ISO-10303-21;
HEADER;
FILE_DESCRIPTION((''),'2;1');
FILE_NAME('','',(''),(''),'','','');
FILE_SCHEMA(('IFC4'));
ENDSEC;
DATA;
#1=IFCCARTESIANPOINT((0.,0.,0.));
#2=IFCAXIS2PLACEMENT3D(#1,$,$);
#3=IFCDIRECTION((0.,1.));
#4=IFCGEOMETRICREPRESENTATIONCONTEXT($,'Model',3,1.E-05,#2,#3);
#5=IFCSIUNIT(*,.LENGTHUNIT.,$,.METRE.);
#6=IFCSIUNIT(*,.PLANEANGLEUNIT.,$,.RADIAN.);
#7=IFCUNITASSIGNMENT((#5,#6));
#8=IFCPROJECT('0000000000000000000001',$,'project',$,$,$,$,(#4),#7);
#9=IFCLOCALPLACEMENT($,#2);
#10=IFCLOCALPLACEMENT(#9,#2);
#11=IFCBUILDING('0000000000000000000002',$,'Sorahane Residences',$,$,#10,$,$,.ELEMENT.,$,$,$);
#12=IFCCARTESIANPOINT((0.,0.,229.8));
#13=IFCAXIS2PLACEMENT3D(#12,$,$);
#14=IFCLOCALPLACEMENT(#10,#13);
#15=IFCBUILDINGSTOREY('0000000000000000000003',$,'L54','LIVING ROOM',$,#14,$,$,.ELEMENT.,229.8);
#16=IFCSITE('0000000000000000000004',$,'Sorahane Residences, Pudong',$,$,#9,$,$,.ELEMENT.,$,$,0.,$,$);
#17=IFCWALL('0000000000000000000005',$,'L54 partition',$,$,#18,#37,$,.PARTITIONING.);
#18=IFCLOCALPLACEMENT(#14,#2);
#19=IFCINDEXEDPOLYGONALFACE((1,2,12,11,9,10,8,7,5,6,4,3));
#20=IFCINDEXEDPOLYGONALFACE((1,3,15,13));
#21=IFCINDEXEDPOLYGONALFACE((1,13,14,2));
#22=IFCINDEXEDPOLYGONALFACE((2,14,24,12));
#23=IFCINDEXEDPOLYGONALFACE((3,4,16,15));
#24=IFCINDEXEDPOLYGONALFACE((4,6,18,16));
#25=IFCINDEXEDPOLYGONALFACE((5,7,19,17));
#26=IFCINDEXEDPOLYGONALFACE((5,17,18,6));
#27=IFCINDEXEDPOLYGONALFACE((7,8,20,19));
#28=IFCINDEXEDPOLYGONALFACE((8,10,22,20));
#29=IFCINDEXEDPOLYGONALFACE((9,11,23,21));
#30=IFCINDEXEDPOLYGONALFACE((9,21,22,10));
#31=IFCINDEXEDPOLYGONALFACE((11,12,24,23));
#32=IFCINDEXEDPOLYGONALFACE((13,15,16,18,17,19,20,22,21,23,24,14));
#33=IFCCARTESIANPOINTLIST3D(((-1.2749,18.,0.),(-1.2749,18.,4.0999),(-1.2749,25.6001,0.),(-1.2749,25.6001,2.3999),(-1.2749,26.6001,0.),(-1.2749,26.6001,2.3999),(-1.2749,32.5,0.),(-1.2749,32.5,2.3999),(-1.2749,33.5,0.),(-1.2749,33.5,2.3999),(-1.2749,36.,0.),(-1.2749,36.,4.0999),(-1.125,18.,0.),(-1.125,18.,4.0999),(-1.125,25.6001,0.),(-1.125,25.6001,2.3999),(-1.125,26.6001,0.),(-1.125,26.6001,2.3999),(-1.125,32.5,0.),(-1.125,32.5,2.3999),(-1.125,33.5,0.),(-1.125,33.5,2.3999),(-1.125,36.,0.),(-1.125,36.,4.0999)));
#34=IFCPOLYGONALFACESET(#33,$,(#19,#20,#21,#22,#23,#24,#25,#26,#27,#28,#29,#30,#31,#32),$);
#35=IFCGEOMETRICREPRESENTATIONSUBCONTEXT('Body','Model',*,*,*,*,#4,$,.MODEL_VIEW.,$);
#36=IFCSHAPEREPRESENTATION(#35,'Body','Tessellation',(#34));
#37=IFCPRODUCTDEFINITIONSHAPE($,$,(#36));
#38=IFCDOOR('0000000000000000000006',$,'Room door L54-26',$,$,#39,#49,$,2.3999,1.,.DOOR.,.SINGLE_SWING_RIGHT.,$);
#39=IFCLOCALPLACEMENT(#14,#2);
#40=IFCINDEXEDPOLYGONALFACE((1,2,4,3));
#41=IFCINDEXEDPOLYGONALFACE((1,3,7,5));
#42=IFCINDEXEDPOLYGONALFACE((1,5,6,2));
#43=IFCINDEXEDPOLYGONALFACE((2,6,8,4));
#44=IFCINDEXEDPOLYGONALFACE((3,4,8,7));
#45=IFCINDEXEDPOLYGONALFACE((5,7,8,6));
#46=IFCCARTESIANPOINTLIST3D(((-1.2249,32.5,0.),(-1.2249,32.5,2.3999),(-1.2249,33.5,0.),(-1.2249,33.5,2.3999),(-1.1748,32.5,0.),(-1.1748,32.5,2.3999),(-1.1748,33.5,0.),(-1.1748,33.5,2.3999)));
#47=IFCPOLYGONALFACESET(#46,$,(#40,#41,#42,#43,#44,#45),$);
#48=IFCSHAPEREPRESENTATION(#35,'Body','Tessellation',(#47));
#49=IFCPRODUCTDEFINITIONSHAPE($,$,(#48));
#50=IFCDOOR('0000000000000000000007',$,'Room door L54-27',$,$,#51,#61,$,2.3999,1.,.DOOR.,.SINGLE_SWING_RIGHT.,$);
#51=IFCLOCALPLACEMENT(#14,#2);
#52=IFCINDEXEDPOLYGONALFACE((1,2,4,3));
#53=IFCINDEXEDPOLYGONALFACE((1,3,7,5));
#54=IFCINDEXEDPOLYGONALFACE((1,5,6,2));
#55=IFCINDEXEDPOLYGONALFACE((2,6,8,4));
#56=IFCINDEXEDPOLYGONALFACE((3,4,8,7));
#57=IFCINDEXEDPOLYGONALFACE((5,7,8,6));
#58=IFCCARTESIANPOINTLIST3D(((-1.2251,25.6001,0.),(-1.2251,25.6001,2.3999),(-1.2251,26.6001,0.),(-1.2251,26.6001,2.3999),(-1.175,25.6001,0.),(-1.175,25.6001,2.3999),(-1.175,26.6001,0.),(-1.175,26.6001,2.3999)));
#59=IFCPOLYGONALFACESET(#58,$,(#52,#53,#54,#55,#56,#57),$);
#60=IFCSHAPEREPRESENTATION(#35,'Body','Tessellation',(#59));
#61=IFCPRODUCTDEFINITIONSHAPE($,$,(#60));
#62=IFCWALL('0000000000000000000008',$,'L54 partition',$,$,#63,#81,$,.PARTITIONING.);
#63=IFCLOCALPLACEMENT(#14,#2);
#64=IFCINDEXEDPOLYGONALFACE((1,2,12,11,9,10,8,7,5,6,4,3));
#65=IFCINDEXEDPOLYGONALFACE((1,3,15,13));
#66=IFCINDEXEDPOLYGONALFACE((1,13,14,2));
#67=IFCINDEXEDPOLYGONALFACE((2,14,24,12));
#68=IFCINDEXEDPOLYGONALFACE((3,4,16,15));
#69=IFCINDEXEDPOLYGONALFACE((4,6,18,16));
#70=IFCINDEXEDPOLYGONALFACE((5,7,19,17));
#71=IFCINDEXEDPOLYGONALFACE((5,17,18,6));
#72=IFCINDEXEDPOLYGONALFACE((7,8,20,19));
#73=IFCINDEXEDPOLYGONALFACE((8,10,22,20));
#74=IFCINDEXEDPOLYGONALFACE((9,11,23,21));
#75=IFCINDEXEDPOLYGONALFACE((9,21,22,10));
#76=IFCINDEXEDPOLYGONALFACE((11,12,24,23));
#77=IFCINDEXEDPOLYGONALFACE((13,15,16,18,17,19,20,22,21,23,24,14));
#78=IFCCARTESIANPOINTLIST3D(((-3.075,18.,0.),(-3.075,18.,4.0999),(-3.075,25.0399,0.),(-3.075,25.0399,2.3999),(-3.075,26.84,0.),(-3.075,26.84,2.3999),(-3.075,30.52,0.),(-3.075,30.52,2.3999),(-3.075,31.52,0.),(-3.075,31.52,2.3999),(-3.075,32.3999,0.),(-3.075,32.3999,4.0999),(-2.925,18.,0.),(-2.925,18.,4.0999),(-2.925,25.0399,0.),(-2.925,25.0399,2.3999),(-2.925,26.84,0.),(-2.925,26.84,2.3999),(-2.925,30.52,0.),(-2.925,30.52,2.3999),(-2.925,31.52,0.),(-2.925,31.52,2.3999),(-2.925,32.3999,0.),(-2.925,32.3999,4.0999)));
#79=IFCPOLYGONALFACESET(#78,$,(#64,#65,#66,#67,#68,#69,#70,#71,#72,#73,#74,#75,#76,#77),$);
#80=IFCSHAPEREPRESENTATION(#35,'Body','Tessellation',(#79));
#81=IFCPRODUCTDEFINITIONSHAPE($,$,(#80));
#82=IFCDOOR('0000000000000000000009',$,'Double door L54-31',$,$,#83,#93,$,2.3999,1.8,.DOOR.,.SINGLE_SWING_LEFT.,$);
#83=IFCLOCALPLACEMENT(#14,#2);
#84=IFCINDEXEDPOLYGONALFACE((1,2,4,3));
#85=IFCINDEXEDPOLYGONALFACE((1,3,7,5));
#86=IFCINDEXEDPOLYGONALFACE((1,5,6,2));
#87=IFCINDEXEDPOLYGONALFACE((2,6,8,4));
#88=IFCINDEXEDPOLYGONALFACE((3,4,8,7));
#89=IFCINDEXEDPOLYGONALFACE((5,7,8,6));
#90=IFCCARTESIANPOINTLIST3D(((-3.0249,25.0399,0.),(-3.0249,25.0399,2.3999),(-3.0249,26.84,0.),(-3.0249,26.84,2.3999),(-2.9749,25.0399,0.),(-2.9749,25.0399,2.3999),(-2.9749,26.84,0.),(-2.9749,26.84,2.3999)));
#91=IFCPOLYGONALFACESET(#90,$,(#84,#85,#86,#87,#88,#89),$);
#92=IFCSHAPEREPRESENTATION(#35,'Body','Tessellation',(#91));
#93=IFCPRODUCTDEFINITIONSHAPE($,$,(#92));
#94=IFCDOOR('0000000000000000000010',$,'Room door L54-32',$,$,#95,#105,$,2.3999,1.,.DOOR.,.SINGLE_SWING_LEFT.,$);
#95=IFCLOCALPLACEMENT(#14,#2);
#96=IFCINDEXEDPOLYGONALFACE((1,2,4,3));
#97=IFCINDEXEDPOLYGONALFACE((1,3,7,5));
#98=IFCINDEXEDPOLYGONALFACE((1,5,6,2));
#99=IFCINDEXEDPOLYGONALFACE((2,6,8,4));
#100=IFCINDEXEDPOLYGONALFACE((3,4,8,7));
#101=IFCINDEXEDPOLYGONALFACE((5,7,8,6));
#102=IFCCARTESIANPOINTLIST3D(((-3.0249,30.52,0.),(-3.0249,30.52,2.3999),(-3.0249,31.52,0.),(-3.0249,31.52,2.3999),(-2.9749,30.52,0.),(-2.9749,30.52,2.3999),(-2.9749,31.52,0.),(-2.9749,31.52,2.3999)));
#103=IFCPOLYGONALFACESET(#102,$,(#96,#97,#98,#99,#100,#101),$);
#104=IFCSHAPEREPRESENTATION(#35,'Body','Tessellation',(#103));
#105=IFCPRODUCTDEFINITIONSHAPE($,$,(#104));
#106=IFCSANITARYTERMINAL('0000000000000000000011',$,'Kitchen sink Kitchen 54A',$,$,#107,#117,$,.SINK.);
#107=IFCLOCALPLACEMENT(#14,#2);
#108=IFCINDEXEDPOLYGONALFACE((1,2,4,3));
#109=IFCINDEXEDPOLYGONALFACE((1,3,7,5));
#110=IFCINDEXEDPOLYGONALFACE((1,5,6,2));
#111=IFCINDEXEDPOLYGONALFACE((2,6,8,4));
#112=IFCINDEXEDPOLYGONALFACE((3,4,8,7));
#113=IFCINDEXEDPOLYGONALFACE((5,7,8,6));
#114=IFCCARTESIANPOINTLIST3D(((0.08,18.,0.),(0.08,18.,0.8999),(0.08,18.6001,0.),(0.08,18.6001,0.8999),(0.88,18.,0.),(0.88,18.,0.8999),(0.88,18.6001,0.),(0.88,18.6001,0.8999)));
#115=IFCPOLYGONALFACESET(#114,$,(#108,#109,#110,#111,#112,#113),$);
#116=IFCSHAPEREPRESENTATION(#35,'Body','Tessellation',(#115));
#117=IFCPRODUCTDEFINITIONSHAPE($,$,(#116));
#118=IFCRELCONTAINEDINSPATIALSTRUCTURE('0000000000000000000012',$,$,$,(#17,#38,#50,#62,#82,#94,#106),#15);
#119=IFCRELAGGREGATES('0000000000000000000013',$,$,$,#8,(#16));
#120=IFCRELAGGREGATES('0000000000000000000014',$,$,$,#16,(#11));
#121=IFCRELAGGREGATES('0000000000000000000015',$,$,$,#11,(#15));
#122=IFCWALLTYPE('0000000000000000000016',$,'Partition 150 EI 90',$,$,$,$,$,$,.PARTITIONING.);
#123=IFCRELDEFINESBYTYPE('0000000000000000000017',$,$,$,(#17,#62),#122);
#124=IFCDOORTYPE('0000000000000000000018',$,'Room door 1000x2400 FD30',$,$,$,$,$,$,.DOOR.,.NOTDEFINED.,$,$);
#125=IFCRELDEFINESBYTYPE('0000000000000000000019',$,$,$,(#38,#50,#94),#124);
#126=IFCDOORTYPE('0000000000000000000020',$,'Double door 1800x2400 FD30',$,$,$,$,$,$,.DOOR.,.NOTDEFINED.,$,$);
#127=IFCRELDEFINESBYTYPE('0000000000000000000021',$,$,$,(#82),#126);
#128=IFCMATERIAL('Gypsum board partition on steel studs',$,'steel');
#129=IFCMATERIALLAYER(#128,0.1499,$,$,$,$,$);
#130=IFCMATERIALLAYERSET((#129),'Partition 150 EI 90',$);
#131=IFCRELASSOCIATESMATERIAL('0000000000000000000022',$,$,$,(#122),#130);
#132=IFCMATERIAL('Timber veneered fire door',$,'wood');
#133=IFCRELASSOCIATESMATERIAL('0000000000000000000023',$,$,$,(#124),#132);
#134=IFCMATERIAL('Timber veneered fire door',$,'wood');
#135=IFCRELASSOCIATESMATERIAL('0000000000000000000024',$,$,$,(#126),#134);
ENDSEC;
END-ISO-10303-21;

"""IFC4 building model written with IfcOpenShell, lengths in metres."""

from ifc_helpers import new_model, si_unit, direction, frame, frame_2d, origin, origin_2d, place, context, subcontext, project, spatial, rectangle, extrude, material, layer, layer_set, type_object, element, fill, save


model = new_model("IFC4")

# Units and contexts
model_context = context("Model", 3, precision=1e-05, world=origin(), true_north=direction((0.0, 1.0)))
body_context = subcontext(model_context, "Body", "Model", "MODEL_VIEW")
ifc_project = project(units=[si_unit("LENGTHUNIT", "METRE"), si_unit("PLANEANGLEUNIT", "RADIAN")], contexts=[model_context])

# Site, building, storey
site_placement = place(None, origin())
site = spatial("IfcSite", under=ifc_project, at=site_placement, Name="Sorahane Residences, Pudong", CompositionType="ELEMENT", RefElevation=0.0)
building_placement = place(site_placement, origin())
building = spatial("IfcBuilding", under=site, at=building_placement, Name="Sorahane Residences", CompositionType="ELEMENT")
storey_placement = place(building_placement, frame((0.0, 0.0, 229.8)))
storey = spatial("IfcBuildingStorey", under=building, at=storey_placement, Name="L54", Description="LIVING ROOM", CompositionType="ELEMENT", Elevation=229.8)

# Walls, openings, doors
ifc_material_1 = material(Name="Gypsum board partition on steel studs", Category="steel")
ifc_layer_1 = layer(ifc_material_1, 0.1499)
ifc_layer_set_1 = layer_set([ifc_layer_1], Name="Partition 150 EI 90")
wall_type_1 = type_object("IfcWallType", Name="Partition 150 EI 90", PredefinedType="PARTITIONING", material=ifc_layer_set_1)
wall_1_placement = place(storey_placement, frame((-1.2, 18.0, 0.0), z_axis=(0.0, 0.0, 1.0), x_axis=(0.0, 1.0, 0.0)))
wall_1 = element("IfcWall", 1, at=wall_1_placement, inside=storey, type_object=wall_type_1, Name="L54 partition", PredefinedType="PARTITIONING", context=body_context, shape_type="SweptSolid", body=[
    extrude(rectangle(XDim=18.0, YDim=0.1499, at=frame_2d((9.0, 0.0))), origin(), (0.0, 0.0, 1.0), 4.0999),
])
opening_1_placement = place(wall_1_placement, frame((14.5, 0.0, 0.0)))
opening_1 = element("IfcOpeningElement", 2, at=opening_1_placement, cuts=wall_1, PredefinedType="OPENING", context=body_context, shape_type="SweptSolid", body=[
    extrude(rectangle(XDim=1.0, YDim=2.3999, at=frame_2d((0.5, 1.2))), frame((0.0, 0.085, 0.0), z_axis=(0.0, -1.0, 0.0), x_axis=(1.0, 0.0, 0.0)), (0.0, 0.0, 1.0), 0.1699),
])
opening_2_placement = place(wall_1_placement, frame((7.6001, 0.0, 0.0)))
opening_2 = element("IfcOpeningElement", 3, at=opening_2_placement, cuts=wall_1, PredefinedType="OPENING", context=body_context, shape_type="SweptSolid", body=[
    extrude(rectangle(XDim=1.0, YDim=2.3999, at=frame_2d((0.5, 1.2))), frame((0.0, 0.085, 0.0), z_axis=(0.0, -1.0, 0.0), x_axis=(1.0, 0.0, 0.0)), (0.0, 0.0, 1.0), 0.1699),
])
ifc_material_2 = material(Name="Timber veneered fire door", Category="wood")
door_type_1 = type_object("IfcDoorType", Name="Room door 1000x2400 FD30", OperationType="NOTDEFINED", PredefinedType="DOOR", material=ifc_material_2)
door_1_placement = place(opening_1_placement, origin())
door_1 = element("IfcDoor", 4, at=door_1_placement, inside=storey, type_object=door_type_1, Name="Room door L54-26", OperationType="SINGLE_SWING_RIGHT", OverallHeight=2.3999, OverallWidth=1.0, PredefinedType="DOOR", context=body_context, shape_type="SweptSolid", body=[
    extrude(rectangle(XDim=1.0, YDim=2.3999, at=frame_2d((0.5, 1.2))), frame((0.0, 0.0249, 0.0), z_axis=(0.0, -1.0, 0.0), x_axis=(1.0, 0.0, 0.0)), (0.0, 0.0, 1.0), 0.05),
])
fill(opening_1, door_1)
door_2_placement = place(opening_2_placement, frame((1.0, 0.0, 0.0), z_axis=(0.0, 0.0, 1.0), x_axis=(-1.0, 0.0, 0.0)))
door_2 = element("IfcDoor", 5, at=door_2_placement, inside=storey, type_object=door_type_1, Name="Room door L54-27", OperationType="SINGLE_SWING_RIGHT", OverallHeight=2.3999, OverallWidth=1.0, PredefinedType="DOOR", context=body_context, shape_type="SweptSolid", body=[
    extrude(rectangle(XDim=1.0, YDim=2.3999, at=frame_2d((0.5, 1.2))), frame((0.0, 0.0249, 0.0), z_axis=(0.0, -1.0, 0.0), x_axis=(1.0, 0.0, 0.0)), (0.0, 0.0, 1.0), 0.05),
])
fill(opening_2, door_2)
wall_2_placement = place(storey_placement, frame((-3.0, 18.0, 0.0), z_axis=(0.0, 0.0, 1.0), x_axis=(0.0, 1.0, 0.0)))
wall_2 = element("IfcWall", 6, at=wall_2_placement, inside=storey, type_object=wall_type_1, Name="L54 partition", PredefinedType="PARTITIONING", context=body_context, shape_type="SweptSolid", body=[
    extrude(rectangle(XDim=14.3999, YDim=0.1499, at=frame_2d((7.2, 0.0))), origin(), (0.0, 0.0, 1.0), 4.0999),
])
opening_3_placement = place(wall_2_placement, frame((7.04, 0.0, 0.0)))
opening_3 = element("IfcOpeningElement", 7, at=opening_3_placement, cuts=wall_2, PredefinedType="OPENING", context=body_context, shape_type="SweptSolid", body=[
    extrude(rectangle(XDim=1.8, YDim=2.3999, at=frame_2d((0.8999, 1.2))), frame((0.0, 0.085, 0.0), z_axis=(0.0, -1.0, 0.0), x_axis=(1.0, 0.0, 0.0)), (0.0, 0.0, 1.0), 0.1699),
])
opening_4_placement = place(wall_2_placement, frame((12.52, 0.0, 0.0)))
opening_4 = element("IfcOpeningElement", 8, at=opening_4_placement, cuts=wall_2, PredefinedType="OPENING", context=body_context, shape_type="SweptSolid", body=[
    extrude(rectangle(XDim=1.0, YDim=2.3999, at=frame_2d((0.5, 1.2))), frame((0.0, 0.085, 0.0), z_axis=(0.0, -1.0, 0.0), x_axis=(1.0, 0.0, 0.0)), (0.0, 0.0, 1.0), 0.1699),
])
ifc_material_3 = material(Name="Timber veneered fire door", Category="wood")
door_type_2 = type_object("IfcDoorType", Name="Double door 1800x2400 FD30", OperationType="NOTDEFINED", PredefinedType="DOOR", material=ifc_material_3)
door_3_placement = place(opening_3_placement, origin())
door_3 = element("IfcDoor", 9, at=door_3_placement, inside=storey, type_object=door_type_2, Name="Double door L54-31", OperationType="SINGLE_SWING_LEFT", OverallHeight=2.3999, OverallWidth=1.8, PredefinedType="DOOR", context=body_context, shape_type="SweptSolid", body=[
    extrude(rectangle(XDim=1.8, YDim=2.3999, at=frame_2d((0.8999, 1.2))), frame((0.0, 0.0249, 0.0), z_axis=(0.0, -1.0, 0.0), x_axis=(1.0, 0.0, 0.0)), (0.0, 0.0, 1.0), 0.05),
])
fill(opening_3, door_3)
door_4_placement = place(opening_4_placement, origin())
door_4 = element("IfcDoor", 10, at=door_4_placement, inside=storey, type_object=door_type_1, Name="Room door L54-32", OperationType="SINGLE_SWING_LEFT", OverallHeight=2.3999, OverallWidth=1.0, PredefinedType="DOOR", context=body_context, shape_type="SweptSolid", body=[
    extrude(rectangle(XDim=1.0, YDim=2.3999, at=frame_2d((0.5, 1.2))), frame((0.0, 0.0249, 0.0), z_axis=(0.0, -1.0, 0.0), x_axis=(1.0, 0.0, 0.0)), (0.0, 0.0, 1.0), 0.05),
])
fill(opening_4, door_4)

# Sanitary terminal
sanitary_terminal_placement = place(storey_placement, frame((0.48, 18.3, 0.0), z_axis=(0.0, 0.0, 1.0), x_axis=(1.0, 0.0, 0.0)))
element("IfcSanitaryTerminal", 11, at=sanitary_terminal_placement, inside=storey, Name="Kitchen sink Kitchen 54A", PredefinedType="SINK", context=body_context, shape_type="SweptSolid", body=[
    extrude(rectangle(XDim=0.8, YDim=0.6001, at=origin_2d()), origin(), (0.0, 0.0, 1.0), 0.8999),
])

save(model, "model.ifc")
